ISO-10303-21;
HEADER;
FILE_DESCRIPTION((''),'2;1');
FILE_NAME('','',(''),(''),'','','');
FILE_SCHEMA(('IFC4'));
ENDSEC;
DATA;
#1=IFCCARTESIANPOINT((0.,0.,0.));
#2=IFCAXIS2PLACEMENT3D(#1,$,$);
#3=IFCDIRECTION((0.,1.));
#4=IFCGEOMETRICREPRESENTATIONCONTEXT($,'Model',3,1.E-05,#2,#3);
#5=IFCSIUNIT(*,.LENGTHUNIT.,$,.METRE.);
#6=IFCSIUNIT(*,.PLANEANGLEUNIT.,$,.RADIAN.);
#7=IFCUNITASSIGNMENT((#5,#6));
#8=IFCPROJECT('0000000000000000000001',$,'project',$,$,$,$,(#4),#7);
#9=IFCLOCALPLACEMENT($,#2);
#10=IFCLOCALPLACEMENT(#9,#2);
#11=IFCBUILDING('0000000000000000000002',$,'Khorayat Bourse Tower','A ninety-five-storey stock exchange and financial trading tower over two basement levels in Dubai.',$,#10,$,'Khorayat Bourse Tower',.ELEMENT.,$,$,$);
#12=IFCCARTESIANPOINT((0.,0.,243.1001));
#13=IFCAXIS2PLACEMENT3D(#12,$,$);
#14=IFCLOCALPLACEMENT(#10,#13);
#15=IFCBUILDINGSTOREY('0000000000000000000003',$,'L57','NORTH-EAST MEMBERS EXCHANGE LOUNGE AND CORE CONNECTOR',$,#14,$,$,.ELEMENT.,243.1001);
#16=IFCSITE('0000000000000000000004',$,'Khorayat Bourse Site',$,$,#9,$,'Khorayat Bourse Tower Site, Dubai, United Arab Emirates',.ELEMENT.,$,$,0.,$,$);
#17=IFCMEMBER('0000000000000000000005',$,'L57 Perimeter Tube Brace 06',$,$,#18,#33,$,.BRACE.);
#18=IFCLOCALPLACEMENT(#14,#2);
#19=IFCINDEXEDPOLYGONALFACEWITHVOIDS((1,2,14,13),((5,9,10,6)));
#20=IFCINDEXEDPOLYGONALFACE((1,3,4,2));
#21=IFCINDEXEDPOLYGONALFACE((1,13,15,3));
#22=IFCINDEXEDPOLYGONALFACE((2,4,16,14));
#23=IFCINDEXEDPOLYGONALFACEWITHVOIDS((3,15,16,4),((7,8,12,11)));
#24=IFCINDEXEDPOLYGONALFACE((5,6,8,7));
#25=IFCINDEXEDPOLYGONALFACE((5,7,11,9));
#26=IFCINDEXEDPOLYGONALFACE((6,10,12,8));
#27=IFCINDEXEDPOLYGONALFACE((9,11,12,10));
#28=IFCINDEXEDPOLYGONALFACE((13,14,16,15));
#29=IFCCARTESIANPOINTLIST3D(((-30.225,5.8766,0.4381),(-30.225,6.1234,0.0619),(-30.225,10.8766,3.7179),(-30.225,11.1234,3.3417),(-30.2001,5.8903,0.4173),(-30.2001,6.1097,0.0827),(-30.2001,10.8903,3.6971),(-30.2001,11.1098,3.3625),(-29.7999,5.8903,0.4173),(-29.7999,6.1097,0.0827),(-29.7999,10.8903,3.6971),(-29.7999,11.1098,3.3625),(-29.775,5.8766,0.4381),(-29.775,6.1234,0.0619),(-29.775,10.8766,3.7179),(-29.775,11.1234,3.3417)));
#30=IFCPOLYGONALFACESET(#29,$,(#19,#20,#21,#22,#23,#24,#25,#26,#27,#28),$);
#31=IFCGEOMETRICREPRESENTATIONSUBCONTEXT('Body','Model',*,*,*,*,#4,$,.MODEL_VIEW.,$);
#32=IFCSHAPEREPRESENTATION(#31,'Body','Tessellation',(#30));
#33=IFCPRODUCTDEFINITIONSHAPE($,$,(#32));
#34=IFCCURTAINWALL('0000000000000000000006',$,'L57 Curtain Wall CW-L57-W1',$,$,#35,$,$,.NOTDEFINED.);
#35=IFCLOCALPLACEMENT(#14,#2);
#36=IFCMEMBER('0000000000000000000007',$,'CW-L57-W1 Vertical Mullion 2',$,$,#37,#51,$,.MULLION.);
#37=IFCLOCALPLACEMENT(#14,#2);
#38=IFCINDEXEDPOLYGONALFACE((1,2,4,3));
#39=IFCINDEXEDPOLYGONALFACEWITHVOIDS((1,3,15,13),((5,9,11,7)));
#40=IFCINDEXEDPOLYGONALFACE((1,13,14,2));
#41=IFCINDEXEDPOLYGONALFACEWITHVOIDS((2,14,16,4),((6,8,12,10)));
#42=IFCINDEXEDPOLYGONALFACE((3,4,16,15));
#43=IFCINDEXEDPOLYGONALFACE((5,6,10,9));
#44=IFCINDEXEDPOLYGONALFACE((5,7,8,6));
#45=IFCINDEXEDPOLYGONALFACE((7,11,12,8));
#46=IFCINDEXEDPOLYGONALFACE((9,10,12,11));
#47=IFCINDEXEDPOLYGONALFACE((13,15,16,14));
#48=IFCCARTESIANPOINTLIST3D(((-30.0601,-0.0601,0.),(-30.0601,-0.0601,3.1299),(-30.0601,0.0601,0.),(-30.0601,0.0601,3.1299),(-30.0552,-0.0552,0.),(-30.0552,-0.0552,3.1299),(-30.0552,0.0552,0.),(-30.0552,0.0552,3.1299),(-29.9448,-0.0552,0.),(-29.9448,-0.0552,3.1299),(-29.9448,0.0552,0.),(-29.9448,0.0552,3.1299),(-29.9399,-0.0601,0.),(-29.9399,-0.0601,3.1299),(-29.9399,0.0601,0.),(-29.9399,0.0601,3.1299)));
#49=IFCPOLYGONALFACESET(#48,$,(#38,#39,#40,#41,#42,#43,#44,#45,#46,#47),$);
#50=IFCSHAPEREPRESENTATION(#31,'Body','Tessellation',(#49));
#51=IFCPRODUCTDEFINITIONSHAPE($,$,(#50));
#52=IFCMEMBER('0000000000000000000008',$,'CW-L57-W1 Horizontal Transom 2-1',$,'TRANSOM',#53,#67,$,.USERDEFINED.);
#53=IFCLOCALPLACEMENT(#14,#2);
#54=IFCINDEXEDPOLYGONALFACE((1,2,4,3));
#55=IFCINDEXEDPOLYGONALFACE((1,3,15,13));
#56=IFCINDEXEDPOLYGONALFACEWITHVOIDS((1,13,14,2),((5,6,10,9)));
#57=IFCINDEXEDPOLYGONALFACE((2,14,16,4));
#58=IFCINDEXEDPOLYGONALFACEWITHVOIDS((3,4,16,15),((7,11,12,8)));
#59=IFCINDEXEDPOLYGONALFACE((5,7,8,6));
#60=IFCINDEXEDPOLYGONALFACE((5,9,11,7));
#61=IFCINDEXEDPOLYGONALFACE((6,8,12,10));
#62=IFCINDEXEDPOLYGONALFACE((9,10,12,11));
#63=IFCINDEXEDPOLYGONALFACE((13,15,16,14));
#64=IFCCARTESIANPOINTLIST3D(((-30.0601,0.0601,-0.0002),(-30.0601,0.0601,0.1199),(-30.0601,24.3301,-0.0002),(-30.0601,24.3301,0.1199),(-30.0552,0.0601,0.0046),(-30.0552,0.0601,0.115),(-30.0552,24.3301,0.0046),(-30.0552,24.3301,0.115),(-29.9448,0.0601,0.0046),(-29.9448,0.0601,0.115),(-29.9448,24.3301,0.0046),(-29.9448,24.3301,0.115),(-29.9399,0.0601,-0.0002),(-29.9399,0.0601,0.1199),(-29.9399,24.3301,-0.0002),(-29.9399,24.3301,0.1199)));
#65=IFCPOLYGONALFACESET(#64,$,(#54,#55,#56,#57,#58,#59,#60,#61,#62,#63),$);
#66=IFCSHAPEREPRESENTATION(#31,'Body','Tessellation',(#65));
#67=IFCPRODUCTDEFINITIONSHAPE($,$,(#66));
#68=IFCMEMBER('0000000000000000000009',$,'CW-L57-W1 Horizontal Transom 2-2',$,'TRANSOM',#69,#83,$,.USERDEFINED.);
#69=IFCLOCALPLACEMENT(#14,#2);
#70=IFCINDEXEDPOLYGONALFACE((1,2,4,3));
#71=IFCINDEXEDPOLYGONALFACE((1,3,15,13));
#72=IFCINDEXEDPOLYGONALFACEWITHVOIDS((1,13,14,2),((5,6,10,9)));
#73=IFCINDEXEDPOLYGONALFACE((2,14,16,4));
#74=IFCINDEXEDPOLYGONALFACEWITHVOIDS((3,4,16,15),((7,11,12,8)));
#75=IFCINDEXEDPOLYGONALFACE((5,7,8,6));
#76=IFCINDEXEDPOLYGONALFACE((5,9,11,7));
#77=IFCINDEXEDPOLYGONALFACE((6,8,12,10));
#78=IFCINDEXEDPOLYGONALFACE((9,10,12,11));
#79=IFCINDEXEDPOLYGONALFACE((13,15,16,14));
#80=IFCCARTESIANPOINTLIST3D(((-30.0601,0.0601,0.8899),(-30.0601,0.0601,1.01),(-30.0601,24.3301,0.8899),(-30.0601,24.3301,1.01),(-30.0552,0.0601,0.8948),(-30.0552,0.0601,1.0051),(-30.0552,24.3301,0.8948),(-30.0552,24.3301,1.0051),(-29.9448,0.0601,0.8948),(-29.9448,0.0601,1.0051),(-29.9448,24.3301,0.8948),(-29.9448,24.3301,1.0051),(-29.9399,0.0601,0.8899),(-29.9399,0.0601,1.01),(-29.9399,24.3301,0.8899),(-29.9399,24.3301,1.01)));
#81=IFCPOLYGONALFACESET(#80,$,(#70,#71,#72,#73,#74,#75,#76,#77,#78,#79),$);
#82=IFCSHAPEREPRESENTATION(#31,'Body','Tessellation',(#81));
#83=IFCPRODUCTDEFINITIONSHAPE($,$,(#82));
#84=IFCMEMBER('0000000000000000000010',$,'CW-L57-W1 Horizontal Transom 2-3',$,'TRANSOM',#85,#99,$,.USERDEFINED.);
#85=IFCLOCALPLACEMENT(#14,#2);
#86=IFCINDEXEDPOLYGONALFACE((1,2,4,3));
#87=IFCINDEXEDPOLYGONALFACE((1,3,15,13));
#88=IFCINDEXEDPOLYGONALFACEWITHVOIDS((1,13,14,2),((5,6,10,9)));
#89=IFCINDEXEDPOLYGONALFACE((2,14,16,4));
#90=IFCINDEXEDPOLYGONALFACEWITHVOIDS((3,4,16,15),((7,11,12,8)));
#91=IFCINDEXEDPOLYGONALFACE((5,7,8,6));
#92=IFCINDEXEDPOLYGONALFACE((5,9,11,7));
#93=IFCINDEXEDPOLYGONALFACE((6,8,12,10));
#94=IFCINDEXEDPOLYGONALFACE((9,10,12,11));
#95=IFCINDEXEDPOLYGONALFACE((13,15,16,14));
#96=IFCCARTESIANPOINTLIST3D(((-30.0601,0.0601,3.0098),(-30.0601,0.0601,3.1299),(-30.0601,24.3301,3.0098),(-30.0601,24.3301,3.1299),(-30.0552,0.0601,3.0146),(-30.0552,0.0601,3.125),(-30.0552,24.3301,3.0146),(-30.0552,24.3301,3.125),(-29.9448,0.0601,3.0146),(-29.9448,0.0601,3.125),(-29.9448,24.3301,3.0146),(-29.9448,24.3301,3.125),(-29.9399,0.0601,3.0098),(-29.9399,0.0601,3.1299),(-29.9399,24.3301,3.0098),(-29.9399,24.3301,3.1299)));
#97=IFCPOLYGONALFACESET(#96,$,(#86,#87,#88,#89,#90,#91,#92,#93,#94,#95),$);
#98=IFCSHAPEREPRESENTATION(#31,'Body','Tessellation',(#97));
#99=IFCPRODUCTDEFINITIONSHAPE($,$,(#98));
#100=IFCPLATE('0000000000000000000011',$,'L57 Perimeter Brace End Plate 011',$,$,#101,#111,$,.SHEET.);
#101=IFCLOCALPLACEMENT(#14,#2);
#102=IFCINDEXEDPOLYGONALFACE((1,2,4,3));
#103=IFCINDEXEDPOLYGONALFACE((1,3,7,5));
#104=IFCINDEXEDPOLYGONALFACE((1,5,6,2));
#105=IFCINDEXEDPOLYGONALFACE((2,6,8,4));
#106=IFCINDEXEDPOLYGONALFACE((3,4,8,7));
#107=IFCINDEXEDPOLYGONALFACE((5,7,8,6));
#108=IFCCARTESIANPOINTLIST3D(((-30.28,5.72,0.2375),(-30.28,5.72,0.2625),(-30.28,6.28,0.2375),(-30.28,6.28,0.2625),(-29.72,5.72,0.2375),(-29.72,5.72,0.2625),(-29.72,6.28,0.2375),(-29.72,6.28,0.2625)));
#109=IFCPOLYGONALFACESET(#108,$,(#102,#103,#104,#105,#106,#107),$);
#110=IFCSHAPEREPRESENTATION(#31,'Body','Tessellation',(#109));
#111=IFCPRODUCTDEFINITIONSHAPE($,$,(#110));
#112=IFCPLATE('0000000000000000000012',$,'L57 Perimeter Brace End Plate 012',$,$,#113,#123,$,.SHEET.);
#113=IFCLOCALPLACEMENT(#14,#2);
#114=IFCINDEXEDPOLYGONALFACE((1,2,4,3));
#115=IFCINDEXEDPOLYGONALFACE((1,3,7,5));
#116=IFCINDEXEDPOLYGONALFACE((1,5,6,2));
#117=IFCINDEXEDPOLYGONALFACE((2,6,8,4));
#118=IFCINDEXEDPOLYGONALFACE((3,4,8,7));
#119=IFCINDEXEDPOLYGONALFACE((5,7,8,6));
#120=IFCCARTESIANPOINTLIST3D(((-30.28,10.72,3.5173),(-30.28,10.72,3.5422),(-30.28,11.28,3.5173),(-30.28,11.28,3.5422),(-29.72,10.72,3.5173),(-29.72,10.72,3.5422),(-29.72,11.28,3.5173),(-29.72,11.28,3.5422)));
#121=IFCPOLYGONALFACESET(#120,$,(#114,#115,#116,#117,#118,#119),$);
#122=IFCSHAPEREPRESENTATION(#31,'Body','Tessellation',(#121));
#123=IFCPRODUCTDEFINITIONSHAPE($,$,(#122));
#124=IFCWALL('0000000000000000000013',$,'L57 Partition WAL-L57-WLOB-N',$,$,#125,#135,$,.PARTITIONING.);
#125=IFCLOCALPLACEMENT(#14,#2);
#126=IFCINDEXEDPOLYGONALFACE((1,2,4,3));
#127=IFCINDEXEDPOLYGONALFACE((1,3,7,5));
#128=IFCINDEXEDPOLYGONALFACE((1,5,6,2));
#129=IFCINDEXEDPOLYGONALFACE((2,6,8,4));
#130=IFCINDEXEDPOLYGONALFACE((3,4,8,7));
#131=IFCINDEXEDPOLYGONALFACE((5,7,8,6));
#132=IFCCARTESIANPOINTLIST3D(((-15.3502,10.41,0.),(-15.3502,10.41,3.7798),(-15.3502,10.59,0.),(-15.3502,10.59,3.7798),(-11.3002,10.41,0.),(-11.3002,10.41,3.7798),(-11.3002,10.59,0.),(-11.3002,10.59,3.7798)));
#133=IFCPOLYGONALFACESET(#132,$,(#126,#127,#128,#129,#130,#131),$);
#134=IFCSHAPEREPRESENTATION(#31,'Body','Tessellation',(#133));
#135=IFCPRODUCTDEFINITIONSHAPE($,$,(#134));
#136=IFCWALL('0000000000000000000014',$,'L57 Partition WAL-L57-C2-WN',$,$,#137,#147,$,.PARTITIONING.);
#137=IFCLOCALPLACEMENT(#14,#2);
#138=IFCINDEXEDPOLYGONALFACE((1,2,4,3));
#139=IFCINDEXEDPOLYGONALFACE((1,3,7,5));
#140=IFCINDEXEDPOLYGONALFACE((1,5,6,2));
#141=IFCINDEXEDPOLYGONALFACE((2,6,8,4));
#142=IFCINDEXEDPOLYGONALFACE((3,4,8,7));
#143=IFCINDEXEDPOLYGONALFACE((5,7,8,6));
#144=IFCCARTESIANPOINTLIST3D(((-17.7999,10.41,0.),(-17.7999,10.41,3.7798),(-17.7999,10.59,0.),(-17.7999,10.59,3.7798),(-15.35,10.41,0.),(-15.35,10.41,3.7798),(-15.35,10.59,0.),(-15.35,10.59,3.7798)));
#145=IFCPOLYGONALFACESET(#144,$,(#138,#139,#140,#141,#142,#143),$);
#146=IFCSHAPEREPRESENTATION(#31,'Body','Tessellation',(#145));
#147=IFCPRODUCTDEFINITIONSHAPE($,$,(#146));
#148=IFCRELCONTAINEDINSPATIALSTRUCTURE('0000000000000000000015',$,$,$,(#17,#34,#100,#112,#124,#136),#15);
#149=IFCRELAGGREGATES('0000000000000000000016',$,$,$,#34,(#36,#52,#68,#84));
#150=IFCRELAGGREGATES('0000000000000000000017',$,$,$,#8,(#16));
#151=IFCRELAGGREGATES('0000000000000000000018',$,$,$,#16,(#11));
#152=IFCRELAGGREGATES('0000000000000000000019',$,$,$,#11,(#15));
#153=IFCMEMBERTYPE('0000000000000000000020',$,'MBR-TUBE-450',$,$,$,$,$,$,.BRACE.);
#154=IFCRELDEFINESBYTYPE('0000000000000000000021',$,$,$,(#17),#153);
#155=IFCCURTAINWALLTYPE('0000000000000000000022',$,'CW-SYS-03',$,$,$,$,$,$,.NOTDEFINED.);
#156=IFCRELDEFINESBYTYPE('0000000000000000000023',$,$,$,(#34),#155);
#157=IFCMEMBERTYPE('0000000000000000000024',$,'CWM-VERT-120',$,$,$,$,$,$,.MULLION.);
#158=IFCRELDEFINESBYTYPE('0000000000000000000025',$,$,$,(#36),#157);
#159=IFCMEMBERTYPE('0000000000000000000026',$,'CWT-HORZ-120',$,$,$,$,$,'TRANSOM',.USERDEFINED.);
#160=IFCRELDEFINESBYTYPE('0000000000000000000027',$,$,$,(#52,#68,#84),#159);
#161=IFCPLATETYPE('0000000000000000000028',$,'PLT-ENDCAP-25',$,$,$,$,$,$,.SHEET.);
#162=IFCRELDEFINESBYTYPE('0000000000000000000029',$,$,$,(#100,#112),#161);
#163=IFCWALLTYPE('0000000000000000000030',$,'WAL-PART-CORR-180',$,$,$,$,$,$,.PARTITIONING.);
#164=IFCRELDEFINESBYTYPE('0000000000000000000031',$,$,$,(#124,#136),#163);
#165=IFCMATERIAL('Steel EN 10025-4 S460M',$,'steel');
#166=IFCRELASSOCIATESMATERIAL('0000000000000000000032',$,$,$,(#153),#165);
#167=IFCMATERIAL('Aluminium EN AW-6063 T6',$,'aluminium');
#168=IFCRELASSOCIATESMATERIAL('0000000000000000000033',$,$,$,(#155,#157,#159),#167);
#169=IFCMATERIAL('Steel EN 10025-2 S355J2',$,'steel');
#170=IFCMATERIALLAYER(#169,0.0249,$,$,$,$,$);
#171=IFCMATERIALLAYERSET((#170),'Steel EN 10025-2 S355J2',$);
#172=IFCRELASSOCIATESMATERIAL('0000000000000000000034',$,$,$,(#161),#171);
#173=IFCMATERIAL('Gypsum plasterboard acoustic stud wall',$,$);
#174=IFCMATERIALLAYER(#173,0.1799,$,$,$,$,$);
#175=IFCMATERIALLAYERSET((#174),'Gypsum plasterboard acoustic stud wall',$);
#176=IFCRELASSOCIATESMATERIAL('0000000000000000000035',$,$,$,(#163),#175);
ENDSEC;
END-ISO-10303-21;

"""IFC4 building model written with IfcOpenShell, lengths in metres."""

from ifc_helpers import new_model, si_unit, direction, frame, frame_2d, origin, origin_2d, place, context, subcontext, project, spatial, rectangle, hollow_rectangle, extrude, source, transform, mapped, material, layer, layer_set, material_profile, profile_set, type_object, element, aggregate, save


model = new_model("IFC4")

# Units and contexts
model_context = context("Model", 3, precision=1e-05, world=origin(), true_north=direction((0.0, 1.0)))
body_context = subcontext(model_context, "Body", "Model", "MODEL_VIEW")
ifc_project = project(units=[si_unit("LENGTHUNIT", "METRE"), si_unit("PLANEANGLEUNIT", "RADIAN")], contexts=[model_context])

# Site, building, storey
site_placement = place(None, origin())
site = spatial("IfcSite", under=ifc_project, at=site_placement, Name="Khorayat Bourse Site", LongName="Khorayat Bourse Tower Site, Dubai, United Arab Emirates", CompositionType="ELEMENT", RefElevation=0.0)
building_placement = place(site_placement, origin())
building = spatial("IfcBuilding", under=site, at=building_placement, Name="Khorayat Bourse Tower", Description="A ninety-five-storey stock exchange and financial trading tower over two basement levels in Dubai.", LongName="Khorayat Bourse Tower", CompositionType="ELEMENT")
storey_placement = place(building_placement, frame((0.0, 0.0, 243.1001)))
storey = spatial("IfcBuildingStorey", under=building, at=storey_placement, Name="L57", Description="NORTH-EAST MEMBERS EXCHANGE LOUNGE AND CORE CONNECTOR", CompositionType="ELEMENT", Elevation=243.1001)

# Shared definitions
ifc_material_1 = material(Name="Steel EN 10025-4 S460M", Category="steel")

# Member
ifc_material_profile_1 = material_profile(ifc_material_1, hollow_rectangle(XDim=0.45, YDim=0.45, WallThickness=0.0249, at=origin_2d()), Name="HSS 450x450x25")
ifc_profile_set_1 = profile_set([ifc_material_profile_1], Name="Steel EN 10025-4 S460M")
member_type_1 = type_object("IfcMemberType", Name="MBR-TUBE-450", PredefinedType="BRACE", material=ifc_profile_set_1)
shared_shape_1 = source(origin(), body_context, "Body", "SweptSolid", [
    extrude(hollow_rectangle(XDim=0.45, YDim=0.45, WallThickness=0.0249, at=origin_2d()), origin(), (0.0, 0.0, 1.0), 5.9797),
])
member_1_placement = place(storey_placement, frame((-30.0, 6.0, 0.25), z_axis=(0.0, 0.83616, 0.548485), x_axis=(-1.0, 0.0, 0.0)))
element("IfcMember", 1, at=member_1_placement, inside=storey, type_object=member_type_1, Name="L57 Perimeter Tube Brace 06", PredefinedType="BRACE", context=body_context, shape_type="MappedRepresentation", body=[
    mapped(shared_shape_1, transform((0.0, 0.0, 0.0), scale=1.0)),
])

# Curtain wall, members
ifc_material_2 = material(Name="Aluminium EN AW-6063 T6", Category="aluminium")
curtain_wall_type = type_object("IfcCurtainWallType", Name="CW-SYS-03", PredefinedType="NOTDEFINED", material=ifc_material_2)
curtain_wall_placement = place(storey_placement, origin())
curtain_wall = element("IfcCurtainWall", 2, at=curtain_wall_placement, inside=storey, type_object=curtain_wall_type, Name="L57 Curtain Wall CW-L57-W1", PredefinedType="NOTDEFINED")
ifc_material_profile_2 = material_profile(ifc_material_2, hollow_rectangle(XDim=0.1201, YDim=0.1201, WallThickness=0.0049, at=origin_2d()), Name="ALU 120x120x5")
ifc_profile_set_2 = profile_set([ifc_material_profile_2], Name="Aluminium EN AW-6063 T6")
member_type_2 = type_object("IfcMemberType", Name="CWM-VERT-120", PredefinedType="MULLION", material=ifc_profile_set_2)
shared_shape_2 = source(origin(), body_context, "Body", "SweptSolid", [
    extrude(hollow_rectangle(XDim=0.1201, YDim=0.1201, WallThickness=0.0049, at=origin_2d()), origin(), (0.0, 0.0, 1.0), 3.1299),
])
member_2_placement = place(storey_placement, frame((-30.0, 0.0, 0.0), z_axis=(0.0, 0.0, 1.0), x_axis=(-1.0, 0.0, 0.0)))
member_2 = element("IfcMember", 3, at=member_2_placement, type_object=member_type_2, Name="CW-L57-W1 Vertical Mullion 2", PredefinedType="MULLION", context=body_context, shape_type="MappedRepresentation", body=[
    mapped(shared_shape_2, transform((0.0, 0.0, 0.0), scale=1.0)),
])
ifc_material_profile_3 = material_profile(ifc_material_2, hollow_rectangle(XDim=0.1201, YDim=0.1201, WallThickness=0.0049, at=origin_2d()), Name="ALU 120x120x5")
ifc_profile_set_3 = profile_set([ifc_material_profile_3], Name="Aluminium EN AW-6063 T6")
member_type_3 = type_object("IfcMemberType", Name="CWT-HORZ-120", ElementType="TRANSOM", PredefinedType="USERDEFINED", material=ifc_profile_set_3)
shared_shape_3 = source(origin(), body_context, "Body", "SweptSolid", [
    extrude(hollow_rectangle(XDim=0.1201, YDim=0.1201, WallThickness=0.0049, at=origin_2d()), origin(), (0.0, 0.0, 1.0), 24.27),
])
member_3_placement = place(storey_placement, frame((-30.0, 0.0601, 0.0598), z_axis=(0.0, 1.0, 0.0), x_axis=(-1.0, 0.0, 0.0)))
member_3 = element("IfcMember", 4, at=member_3_placement, type_object=member_type_3, Name="CW-L57-W1 Horizontal Transom 2-1", ObjectType="TRANSOM", PredefinedType="USERDEFINED", context=body_context, shape_type="MappedRepresentation", body=[
    mapped(shared_shape_3, transform((0.0, 0.0, 0.0), scale=1.0)),
])
member_4_placement = place(storey_placement, frame((-30.0, 0.0601, 0.95), z_axis=(0.0, 1.0, 0.0), x_axis=(-1.0, 0.0, 0.0)))
member_4 = element("IfcMember", 5, at=member_4_placement, type_object=member_type_3, Name="CW-L57-W1 Horizontal Transom 2-2", ObjectType="TRANSOM", PredefinedType="USERDEFINED", context=body_context, shape_type="MappedRepresentation", body=[
    mapped(shared_shape_3, transform((0.0, 0.0, 0.0), scale=1.0)),
])
member_5_placement = place(storey_placement, frame((-30.0, 0.0601, 3.0698), z_axis=(0.0, 1.0, 0.0), x_axis=(-1.0, 0.0, 0.0)))
member_5 = element("IfcMember", 6, at=member_5_placement, type_object=member_type_3, Name="CW-L57-W1 Horizontal Transom 2-3", ObjectType="TRANSOM", PredefinedType="USERDEFINED", context=body_context, shape_type="MappedRepresentation", body=[
    mapped(shared_shape_3, transform((0.0, 0.0, 0.0), scale=1.0)),
])
aggregate(curtain_wall, [member_2, member_3, member_4, member_5])

# Plates
ifc_material_3 = material(Name="Steel EN 10025-2 S355J2", Category="steel")
ifc_layer_1 = layer(ifc_material_3, 0.0249)
ifc_layer_set_1 = layer_set([ifc_layer_1], Name="Steel EN 10025-2 S355J2")
plate_type = type_object("IfcPlateType", Name="PLT-ENDCAP-25", PredefinedType="SHEET", material=ifc_layer_set_1)
shared_shape_4 = source(origin(), body_context, "Body", "SweptSolid", [
    extrude(rectangle(XDim=0.5601, YDim=0.5601, at=origin_2d()), origin(), (0.0, 0.0, 1.0), 0.0249),
])
for number, where, z_axis, x_axis, name in (
    (7, (-30.0, 6.0, 0.2375), (0.0, 0.0, 1.0), (1.0, 0.0, 0.0), "L57 Perimeter Brace End Plate 011"),
    (8, (-30.0, 11.0, 3.5173), (0.0, 0.0, 1.0), (1.0, 0.0, 0.0), "L57 Perimeter Brace End Plate 012"),
):
    element("IfcPlate", number, at=place(storey_placement, frame(where, z_axis=z_axis, x_axis=x_axis)), inside=storey, type_object=plate_type, Name=name, PredefinedType="SHEET", context=body_context, shape_type="MappedRepresentation", body=[
        mapped(shared_shape_4, transform((0.0, 0.0, 0.0), scale=1.0)),
    ])

# Walls
ifc_material_4 = material(Name="Gypsum plasterboard acoustic stud wall")
ifc_layer_2 = layer(ifc_material_4, 0.1799)
ifc_layer_set_2 = layer_set([ifc_layer_2], Name="Gypsum plasterboard acoustic stud wall")
wall_type = type_object("IfcWallType", Name="WAL-PART-CORR-180", PredefinedType="PARTITIONING", material=ifc_layer_set_2)
shared_shape_5 = source(origin(), body_context, "Body", "SweptSolid", [
    extrude(rectangle(XDim=4.05, YDim=0.1799, at=frame_2d((2.0249, 0.0))), origin(), (0.0, 0.0, 1.0), 3.7798),
])
wall_1_placement = place(storey_placement, frame((-15.3501, 10.5, 0.0), z_axis=(0.0, 0.0, 1.0), x_axis=(1.0, 0.0, 0.0)))
element("IfcWall", 9, at=wall_1_placement, inside=storey, type_object=wall_type, Name="L57 Partition WAL-L57-WLOB-N", PredefinedType="PARTITIONING", context=body_context, shape_type="MappedRepresentation", body=[
    mapped(shared_shape_5, transform((0.0, 0.0, 0.0), scale=1.0)),
])
shared_shape_6 = source(origin(), body_context, "Body", "SweptSolid", [
    extrude(rectangle(XDim=2.45, YDim=0.1799, at=frame_2d((1.2251, 0.0))), origin(), (0.0, 0.0, 1.0), 3.7798),
])
wall_2_placement = place(storey_placement, frame((-17.8, 10.5, 0.0), z_axis=(0.0, 0.0, 1.0), x_axis=(1.0, 0.0, 0.0)))
element("IfcWall", 10, at=wall_2_placement, inside=storey, type_object=wall_type, Name="L57 Partition WAL-L57-C2-WN", PredefinedType="PARTITIONING", context=body_context, shape_type="MappedRepresentation", body=[
    mapped(shared_shape_6, transform((0.0, 0.0, 0.0), scale=1.0)),
])

save(model, "model.ifc")
